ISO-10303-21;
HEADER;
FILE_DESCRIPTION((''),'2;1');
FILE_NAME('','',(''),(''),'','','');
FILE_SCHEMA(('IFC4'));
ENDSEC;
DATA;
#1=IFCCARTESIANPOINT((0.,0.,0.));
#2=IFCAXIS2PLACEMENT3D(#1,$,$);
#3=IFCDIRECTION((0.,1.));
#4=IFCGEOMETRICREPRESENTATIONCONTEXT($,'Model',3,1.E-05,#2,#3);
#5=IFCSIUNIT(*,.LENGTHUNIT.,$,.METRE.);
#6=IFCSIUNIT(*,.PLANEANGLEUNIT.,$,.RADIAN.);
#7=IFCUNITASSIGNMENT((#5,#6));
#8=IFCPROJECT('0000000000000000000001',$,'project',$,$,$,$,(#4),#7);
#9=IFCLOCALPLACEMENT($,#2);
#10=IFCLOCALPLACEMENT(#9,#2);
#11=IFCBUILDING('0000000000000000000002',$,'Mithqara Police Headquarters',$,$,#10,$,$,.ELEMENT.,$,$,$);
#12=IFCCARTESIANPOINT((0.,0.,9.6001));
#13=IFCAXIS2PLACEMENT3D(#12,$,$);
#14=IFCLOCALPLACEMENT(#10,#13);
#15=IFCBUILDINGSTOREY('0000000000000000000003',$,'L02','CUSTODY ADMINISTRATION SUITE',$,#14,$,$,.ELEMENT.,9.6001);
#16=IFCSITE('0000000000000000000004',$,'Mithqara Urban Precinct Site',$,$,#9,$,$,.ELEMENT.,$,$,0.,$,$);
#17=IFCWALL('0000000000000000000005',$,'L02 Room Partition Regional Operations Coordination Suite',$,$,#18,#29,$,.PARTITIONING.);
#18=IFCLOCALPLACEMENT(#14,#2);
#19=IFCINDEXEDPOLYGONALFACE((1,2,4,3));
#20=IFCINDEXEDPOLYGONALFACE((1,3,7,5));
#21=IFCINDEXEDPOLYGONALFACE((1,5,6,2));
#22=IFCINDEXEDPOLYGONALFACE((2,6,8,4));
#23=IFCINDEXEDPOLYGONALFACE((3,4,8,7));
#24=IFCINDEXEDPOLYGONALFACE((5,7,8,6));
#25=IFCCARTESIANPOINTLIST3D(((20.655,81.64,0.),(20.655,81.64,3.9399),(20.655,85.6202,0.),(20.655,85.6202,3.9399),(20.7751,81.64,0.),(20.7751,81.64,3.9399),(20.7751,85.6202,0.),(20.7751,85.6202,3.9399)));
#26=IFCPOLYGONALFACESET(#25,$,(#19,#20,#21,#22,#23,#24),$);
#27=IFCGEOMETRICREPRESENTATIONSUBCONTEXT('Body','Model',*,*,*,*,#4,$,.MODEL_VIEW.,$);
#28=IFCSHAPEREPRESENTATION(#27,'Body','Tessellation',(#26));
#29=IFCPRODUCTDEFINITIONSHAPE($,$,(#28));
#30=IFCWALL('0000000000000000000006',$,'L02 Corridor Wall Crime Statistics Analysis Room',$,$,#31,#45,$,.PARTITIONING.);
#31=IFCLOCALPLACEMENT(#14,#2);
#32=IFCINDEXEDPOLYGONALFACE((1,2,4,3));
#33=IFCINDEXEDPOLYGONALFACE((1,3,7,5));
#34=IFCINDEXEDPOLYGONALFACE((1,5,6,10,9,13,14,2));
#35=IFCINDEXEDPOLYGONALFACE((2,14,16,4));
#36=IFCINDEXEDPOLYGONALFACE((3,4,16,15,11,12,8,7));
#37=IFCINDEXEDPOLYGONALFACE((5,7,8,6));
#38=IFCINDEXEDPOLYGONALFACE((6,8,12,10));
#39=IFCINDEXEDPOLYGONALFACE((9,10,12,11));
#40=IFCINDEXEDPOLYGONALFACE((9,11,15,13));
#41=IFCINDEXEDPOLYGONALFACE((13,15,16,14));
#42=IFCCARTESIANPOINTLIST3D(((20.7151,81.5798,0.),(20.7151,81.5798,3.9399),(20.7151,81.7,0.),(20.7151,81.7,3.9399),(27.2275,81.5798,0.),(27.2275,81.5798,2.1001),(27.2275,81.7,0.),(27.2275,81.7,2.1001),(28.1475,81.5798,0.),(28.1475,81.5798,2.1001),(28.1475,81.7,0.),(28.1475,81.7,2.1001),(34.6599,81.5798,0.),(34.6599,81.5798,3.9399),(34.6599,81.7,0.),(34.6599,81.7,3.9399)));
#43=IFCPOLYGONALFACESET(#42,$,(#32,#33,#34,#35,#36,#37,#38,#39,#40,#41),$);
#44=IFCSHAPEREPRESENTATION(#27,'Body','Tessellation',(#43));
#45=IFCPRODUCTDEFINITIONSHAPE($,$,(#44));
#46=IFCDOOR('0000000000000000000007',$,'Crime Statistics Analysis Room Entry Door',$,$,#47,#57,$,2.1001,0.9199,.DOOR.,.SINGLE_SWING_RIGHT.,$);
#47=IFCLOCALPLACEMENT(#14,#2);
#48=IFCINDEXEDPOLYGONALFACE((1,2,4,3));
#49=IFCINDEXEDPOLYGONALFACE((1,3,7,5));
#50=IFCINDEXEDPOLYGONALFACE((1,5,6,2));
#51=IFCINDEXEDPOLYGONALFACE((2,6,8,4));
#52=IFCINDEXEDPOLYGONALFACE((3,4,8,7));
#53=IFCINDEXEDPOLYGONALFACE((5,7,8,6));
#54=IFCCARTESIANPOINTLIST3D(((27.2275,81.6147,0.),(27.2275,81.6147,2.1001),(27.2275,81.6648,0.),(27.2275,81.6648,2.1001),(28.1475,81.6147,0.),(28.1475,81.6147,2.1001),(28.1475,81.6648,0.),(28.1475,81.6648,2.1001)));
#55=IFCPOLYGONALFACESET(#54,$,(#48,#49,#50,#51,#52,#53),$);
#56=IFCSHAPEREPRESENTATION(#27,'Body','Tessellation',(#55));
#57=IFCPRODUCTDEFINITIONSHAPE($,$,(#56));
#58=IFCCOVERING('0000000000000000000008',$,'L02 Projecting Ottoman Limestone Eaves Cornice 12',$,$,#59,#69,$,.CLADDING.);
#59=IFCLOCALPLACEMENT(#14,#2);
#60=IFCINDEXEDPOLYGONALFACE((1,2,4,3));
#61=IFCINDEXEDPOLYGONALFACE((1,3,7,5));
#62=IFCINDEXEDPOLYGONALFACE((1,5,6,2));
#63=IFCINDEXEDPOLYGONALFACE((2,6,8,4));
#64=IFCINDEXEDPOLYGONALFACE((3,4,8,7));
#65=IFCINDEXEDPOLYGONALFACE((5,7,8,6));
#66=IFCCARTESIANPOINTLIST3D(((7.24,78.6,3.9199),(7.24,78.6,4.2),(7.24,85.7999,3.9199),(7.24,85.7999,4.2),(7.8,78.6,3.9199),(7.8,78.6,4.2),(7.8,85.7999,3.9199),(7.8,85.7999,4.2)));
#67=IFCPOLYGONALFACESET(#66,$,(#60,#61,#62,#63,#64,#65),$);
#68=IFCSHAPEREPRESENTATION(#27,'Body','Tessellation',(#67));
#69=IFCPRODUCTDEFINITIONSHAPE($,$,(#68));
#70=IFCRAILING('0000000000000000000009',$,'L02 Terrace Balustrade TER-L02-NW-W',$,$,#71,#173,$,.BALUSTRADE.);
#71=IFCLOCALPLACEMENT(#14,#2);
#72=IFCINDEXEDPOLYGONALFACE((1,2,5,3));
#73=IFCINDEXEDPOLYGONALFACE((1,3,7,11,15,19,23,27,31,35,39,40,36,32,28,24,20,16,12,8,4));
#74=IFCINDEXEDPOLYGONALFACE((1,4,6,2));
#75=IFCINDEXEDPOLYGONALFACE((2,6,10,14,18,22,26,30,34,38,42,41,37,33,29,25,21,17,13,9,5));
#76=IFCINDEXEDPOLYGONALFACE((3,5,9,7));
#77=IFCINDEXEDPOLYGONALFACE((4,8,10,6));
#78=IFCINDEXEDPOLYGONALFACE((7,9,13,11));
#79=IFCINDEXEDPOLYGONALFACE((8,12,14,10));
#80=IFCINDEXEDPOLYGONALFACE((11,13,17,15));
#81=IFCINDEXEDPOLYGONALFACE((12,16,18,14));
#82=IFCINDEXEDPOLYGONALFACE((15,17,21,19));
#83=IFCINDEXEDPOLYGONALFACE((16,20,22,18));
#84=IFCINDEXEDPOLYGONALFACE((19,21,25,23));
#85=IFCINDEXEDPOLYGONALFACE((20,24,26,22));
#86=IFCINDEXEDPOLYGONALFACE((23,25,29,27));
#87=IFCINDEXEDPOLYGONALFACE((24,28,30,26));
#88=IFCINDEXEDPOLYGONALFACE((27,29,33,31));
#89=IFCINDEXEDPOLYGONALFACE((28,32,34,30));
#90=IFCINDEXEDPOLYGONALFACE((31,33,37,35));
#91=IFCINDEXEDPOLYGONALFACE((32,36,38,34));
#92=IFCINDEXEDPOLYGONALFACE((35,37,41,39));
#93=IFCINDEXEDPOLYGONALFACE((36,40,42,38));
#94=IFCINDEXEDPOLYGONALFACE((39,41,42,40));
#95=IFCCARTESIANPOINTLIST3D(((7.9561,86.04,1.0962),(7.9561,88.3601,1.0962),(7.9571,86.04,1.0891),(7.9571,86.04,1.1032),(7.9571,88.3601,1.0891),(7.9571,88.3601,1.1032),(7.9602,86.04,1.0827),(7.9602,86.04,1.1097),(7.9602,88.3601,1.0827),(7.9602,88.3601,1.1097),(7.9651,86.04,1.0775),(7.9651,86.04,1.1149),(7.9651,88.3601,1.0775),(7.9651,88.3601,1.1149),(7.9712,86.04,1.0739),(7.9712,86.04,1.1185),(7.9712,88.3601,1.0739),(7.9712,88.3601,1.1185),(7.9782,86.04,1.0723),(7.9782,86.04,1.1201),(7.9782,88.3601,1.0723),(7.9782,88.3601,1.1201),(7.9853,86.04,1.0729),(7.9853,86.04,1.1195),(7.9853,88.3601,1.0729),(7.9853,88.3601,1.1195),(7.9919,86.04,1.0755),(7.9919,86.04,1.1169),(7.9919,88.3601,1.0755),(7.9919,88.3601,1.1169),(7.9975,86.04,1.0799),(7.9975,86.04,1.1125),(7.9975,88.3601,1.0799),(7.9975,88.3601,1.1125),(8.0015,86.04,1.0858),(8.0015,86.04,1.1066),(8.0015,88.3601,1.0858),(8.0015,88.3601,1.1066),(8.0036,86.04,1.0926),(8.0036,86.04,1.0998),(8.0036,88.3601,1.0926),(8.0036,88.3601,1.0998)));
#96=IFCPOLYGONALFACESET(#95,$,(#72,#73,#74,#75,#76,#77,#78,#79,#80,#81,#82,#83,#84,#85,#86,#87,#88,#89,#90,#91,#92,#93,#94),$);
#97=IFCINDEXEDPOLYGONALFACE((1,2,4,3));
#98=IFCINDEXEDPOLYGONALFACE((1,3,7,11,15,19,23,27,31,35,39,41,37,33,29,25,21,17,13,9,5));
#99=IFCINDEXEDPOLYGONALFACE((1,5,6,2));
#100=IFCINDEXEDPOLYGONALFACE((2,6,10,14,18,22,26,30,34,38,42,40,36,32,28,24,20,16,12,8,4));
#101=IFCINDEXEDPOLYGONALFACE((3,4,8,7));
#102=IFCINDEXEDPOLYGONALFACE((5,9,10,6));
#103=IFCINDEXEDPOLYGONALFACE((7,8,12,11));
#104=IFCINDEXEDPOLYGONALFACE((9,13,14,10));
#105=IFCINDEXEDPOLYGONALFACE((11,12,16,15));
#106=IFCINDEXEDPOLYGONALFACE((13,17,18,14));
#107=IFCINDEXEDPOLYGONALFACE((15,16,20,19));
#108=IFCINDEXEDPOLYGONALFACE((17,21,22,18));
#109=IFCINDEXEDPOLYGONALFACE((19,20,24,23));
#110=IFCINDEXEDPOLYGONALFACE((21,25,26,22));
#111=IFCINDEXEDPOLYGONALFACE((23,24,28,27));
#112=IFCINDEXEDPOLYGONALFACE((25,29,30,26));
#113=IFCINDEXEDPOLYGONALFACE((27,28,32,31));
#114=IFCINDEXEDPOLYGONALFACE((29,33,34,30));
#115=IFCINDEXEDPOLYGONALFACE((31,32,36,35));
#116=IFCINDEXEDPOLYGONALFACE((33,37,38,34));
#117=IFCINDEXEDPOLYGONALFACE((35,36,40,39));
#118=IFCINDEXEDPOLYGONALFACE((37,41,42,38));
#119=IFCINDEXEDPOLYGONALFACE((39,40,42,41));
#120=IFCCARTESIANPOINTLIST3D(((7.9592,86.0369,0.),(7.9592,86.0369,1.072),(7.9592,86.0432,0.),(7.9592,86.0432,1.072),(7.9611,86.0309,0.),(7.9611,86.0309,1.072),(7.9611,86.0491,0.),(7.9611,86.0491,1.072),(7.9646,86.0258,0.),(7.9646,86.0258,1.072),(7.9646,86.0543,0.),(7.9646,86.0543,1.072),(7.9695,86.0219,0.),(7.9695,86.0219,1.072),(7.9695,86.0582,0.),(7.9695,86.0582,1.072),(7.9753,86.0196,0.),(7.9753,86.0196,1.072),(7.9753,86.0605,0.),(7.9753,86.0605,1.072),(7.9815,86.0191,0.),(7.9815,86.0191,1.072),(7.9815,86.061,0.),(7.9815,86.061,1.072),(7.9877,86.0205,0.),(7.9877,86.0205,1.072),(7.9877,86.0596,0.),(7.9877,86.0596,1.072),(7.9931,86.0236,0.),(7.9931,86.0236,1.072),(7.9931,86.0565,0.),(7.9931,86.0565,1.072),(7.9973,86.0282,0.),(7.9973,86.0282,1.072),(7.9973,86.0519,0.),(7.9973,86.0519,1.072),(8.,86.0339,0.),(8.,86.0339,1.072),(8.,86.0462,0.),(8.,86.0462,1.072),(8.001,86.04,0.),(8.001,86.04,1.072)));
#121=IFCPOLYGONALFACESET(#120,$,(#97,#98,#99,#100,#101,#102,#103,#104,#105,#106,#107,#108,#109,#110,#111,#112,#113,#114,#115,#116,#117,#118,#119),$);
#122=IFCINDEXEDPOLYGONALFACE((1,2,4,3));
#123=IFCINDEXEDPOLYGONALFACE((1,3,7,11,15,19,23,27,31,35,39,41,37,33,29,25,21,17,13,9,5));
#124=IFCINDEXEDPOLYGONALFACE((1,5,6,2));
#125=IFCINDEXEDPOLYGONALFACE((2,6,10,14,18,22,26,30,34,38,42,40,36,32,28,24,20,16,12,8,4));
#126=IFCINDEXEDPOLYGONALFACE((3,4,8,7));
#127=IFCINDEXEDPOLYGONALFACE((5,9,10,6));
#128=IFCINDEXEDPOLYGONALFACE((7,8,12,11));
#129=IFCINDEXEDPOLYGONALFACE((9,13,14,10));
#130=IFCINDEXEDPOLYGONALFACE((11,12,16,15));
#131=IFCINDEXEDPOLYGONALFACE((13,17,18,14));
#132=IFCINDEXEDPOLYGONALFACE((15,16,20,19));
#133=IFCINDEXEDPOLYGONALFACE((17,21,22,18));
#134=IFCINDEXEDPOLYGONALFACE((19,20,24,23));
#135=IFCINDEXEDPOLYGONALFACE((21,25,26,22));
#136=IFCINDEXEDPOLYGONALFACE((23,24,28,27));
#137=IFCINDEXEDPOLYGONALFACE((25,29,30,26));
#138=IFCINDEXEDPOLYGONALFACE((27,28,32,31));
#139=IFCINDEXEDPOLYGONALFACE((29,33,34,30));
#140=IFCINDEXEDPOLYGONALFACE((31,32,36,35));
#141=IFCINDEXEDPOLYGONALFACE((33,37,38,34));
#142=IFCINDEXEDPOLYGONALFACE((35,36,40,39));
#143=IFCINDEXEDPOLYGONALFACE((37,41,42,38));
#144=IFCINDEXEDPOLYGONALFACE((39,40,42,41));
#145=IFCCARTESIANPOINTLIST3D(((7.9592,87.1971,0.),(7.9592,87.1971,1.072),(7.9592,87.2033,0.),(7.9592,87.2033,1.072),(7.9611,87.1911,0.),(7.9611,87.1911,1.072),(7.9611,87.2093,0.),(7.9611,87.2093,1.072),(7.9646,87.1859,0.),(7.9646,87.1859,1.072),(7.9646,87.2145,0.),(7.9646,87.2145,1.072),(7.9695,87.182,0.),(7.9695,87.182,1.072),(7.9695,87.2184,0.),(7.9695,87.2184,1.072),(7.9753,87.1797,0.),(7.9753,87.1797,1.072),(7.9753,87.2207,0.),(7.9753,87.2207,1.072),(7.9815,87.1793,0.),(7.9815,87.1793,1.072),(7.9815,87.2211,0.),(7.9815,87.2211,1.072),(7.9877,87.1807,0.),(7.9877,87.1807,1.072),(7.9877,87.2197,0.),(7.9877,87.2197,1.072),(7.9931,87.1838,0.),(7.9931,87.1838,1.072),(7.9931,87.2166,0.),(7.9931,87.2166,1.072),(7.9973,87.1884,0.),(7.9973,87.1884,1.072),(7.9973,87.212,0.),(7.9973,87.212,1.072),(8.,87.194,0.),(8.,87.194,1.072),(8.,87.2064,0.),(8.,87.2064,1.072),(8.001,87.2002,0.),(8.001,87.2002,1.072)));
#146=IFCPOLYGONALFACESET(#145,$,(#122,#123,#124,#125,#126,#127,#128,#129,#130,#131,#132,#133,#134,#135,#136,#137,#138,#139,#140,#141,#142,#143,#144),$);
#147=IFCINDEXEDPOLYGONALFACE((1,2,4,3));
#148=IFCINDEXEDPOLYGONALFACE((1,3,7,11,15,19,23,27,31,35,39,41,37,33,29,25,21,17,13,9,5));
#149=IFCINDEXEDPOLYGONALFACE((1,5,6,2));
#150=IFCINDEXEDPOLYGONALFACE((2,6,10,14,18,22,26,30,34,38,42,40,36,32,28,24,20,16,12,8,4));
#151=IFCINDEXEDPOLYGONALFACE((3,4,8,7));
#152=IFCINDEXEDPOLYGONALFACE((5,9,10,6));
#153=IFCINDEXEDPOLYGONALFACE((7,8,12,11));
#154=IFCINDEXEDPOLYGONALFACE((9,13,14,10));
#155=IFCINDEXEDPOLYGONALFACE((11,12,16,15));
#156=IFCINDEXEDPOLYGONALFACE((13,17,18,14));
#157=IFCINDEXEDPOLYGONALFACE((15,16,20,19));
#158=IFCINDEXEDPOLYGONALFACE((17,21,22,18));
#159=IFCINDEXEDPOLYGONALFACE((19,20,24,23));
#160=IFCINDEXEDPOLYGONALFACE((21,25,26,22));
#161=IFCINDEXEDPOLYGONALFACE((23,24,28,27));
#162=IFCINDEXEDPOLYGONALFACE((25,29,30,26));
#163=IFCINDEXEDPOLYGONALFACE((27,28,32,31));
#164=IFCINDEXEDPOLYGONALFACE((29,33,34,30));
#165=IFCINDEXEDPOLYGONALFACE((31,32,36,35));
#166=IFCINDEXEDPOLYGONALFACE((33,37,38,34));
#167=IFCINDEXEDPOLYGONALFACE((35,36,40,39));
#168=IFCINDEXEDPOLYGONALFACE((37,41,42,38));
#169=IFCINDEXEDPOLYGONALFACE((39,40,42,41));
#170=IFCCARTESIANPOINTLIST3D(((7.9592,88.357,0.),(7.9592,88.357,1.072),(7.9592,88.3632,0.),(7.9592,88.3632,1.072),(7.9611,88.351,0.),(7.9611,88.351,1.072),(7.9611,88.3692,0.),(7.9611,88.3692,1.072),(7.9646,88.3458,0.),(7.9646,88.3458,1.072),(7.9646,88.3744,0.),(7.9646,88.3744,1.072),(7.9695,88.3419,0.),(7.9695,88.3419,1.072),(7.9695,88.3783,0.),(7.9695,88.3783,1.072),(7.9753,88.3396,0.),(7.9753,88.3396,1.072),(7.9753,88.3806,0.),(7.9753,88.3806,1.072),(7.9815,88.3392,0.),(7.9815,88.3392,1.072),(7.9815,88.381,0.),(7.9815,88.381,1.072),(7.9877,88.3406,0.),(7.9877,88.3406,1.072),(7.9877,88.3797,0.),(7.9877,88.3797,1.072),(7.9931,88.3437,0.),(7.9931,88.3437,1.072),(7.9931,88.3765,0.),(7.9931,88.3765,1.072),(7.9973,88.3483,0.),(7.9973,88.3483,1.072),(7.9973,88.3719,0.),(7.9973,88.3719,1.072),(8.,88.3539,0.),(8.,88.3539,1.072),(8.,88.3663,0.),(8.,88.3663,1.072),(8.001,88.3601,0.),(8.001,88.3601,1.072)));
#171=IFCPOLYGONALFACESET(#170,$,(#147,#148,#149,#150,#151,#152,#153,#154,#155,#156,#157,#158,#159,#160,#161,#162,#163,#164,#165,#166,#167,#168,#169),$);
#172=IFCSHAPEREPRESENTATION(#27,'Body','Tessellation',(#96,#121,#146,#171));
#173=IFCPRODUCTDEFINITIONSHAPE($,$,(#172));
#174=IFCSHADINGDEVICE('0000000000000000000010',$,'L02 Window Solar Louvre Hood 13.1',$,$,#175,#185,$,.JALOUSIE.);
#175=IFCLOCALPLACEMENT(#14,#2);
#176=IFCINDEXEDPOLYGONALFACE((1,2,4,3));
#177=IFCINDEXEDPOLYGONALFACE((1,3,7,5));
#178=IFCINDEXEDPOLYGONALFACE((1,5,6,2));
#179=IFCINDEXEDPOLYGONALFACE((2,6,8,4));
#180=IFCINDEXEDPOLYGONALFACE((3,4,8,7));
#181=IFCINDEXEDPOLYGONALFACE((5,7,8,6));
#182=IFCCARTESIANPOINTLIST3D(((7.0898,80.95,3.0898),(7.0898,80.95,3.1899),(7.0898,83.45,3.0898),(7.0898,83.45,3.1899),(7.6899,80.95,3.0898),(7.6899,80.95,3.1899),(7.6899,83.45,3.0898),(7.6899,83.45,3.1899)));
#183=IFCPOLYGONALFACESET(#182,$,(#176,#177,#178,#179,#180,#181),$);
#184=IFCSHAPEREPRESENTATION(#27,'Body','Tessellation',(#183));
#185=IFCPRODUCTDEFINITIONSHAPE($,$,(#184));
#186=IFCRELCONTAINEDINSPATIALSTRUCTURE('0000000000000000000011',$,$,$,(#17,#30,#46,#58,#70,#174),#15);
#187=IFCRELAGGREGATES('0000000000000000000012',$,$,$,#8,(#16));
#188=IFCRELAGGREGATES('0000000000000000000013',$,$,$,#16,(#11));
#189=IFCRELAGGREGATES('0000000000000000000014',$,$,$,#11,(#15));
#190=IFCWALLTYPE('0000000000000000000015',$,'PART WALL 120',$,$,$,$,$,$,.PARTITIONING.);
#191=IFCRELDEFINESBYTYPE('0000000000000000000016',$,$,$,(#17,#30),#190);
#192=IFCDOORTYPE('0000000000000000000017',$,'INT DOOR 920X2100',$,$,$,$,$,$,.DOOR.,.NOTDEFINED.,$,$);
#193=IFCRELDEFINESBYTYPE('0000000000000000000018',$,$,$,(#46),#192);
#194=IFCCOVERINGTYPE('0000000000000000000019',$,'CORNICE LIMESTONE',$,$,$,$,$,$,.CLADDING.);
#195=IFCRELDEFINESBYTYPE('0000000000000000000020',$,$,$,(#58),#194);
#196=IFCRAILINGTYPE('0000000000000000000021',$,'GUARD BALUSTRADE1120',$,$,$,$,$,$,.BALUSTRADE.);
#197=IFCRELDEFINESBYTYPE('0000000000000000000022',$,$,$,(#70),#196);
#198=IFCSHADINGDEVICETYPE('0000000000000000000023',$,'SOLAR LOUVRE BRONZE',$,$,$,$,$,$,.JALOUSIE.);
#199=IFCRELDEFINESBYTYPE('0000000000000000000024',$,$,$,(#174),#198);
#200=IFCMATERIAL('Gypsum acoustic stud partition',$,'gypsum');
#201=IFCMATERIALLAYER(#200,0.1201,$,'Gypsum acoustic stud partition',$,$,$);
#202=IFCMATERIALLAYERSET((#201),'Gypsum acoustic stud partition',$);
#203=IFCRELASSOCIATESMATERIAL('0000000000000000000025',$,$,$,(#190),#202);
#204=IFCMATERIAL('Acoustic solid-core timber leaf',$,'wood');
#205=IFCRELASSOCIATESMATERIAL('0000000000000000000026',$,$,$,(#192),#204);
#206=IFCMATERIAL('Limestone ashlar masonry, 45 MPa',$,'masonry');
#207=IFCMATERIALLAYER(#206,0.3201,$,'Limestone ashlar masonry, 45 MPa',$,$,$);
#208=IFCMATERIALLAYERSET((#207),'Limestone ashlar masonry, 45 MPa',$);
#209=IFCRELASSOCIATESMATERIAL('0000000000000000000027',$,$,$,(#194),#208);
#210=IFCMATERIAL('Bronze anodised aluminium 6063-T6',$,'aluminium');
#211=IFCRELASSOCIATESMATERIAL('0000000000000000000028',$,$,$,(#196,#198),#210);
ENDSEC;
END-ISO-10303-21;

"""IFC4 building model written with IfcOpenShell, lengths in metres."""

from ifc_helpers import new_model, si_unit, direction, frame, frame_2d, origin, origin_2d, place, context, subcontext, project, spatial, rectangle, circle, extrude, material, layer, layer_set, type_object, element, fill, save


model = new_model("IFC4")

# Units and contexts
model_context = context("Model", 3, precision=1e-05, world=origin(), true_north=direction((0.0, 1.0)))
body_context = subcontext(model_context, "Body", "Model", "MODEL_VIEW")
ifc_project = project(units=[si_unit("LENGTHUNIT", "METRE"), si_unit("PLANEANGLEUNIT", "RADIAN")], contexts=[model_context])

# Site, building, storey
site_placement = place(None, origin())
site = spatial("IfcSite", under=ifc_project, at=site_placement, Name="Mithqara Urban Precinct Site", CompositionType="ELEMENT", RefElevation=0.0)
building_placement = place(site_placement, origin())
building = spatial("IfcBuilding", under=site, at=building_placement, Name="Mithqara Police Headquarters", CompositionType="ELEMENT")
storey_placement = place(building_placement, frame((0.0, 0.0, 9.6001)))
storey = spatial("IfcBuildingStorey", under=building, at=storey_placement, Name="L02", Description="CUSTODY ADMINISTRATION SUITE", CompositionType="ELEMENT", Elevation=9.6001)

# Shared definitions
ifc_material_1 = material(Name="Limestone ashlar masonry, 45 MPa", Category="masonry")

# Shared definitions
ifc_material_2 = material(Name="Gypsum acoustic stud partition", Category="gypsum")
ifc_layer_1 = layer(ifc_material_2, 0.1201, Name="Gypsum acoustic stud partition")
ifc_layer_set_1 = layer_set([ifc_layer_1], Name="Gypsum acoustic stud partition")
wall_type_1 = type_object("IfcWallType", Name="PART WALL 120", PredefinedType="PARTITIONING", material=ifc_layer_set_1)
ifc_material_3 = material(Name="Bronze anodised aluminium 6063-T6", Category="aluminium")

# Wall
wall_1_placement = place(storey_placement, frame((20.7151, 81.6399, 0.0), z_axis=(0.0, 0.0, 1.0), x_axis=(0.0, 1.0, 0.0)))
element("IfcWall", 1, at=wall_1_placement, inside=storey, type_object=wall_type_1, Name="L02 Room Partition Regional Operations Coordination Suite", PredefinedType="PARTITIONING", context=body_context, shape_type="SweptSolid", body=[
    extrude(rectangle(XDim=3.9802, YDim=0.1201, at=frame_2d((1.9902, 0.0))), origin(), (0.0, 0.0, 1.0), 3.9399),
])

# Wall, opening, door
wall_2_placement = place(storey_placement, frame((20.7151, 81.6399, 0.0), z_axis=(0.0, 0.0, 1.0), x_axis=(1.0, 0.0, 0.0)))
wall_2 = element("IfcWall", 2, at=wall_2_placement, inside=storey, type_object=wall_type_1, Name="L02 Corridor Wall Crime Statistics Analysis Room", PredefinedType="PARTITIONING", context=body_context, shape_type="SweptSolid", body=[
    extrude(rectangle(XDim=13.9448, YDim=0.1201, at=frame_2d((6.9724, 0.0))), origin(), (0.0, 0.0, 1.0), 3.9399),
])
opening_1_placement = place(wall_2_placement, frame((6.5125, 0.0, 0.0)))
opening_1 = element("IfcOpeningElement", 3, at=opening_1_placement, cuts=wall_2, PredefinedType="OPENING", context=body_context, shape_type="SweptSolid", body=[
    extrude(rectangle(XDim=0.9199, YDim=2.1001, at=frame_2d((0.46, 1.05))), frame((0.0, 0.0701, 0.0), z_axis=(0.0, -1.0, 0.0), x_axis=(1.0, 0.0, 0.0)), (0.0, 0.0, 1.0), 0.1401),
])
ifc_material_4 = material(Name="Acoustic solid-core timber leaf", Category="wood")
door_type_1 = type_object("IfcDoorType", Name="INT DOOR 920X2100", OperationType="NOTDEFINED", PredefinedType="DOOR", material=ifc_material_4)
door_1_placement = place(opening_1_placement, origin())
door_1 = element("IfcDoor", 4, at=door_1_placement, inside=storey, type_object=door_type_1, Name="Crime Statistics Analysis Room Entry Door", OperationType="SINGLE_SWING_RIGHT", OverallHeight=2.1001, OverallWidth=0.9199, PredefinedType="DOOR", context=body_context, shape_type="SweptSolid", body=[
    extrude(rectangle(XDim=0.9199, YDim=2.1001, at=frame_2d((0.46, 1.05))), frame((0.0, 0.0249, 0.0), z_axis=(0.0, -1.0, 0.0), x_axis=(1.0, 0.0, 0.0)), (0.0, 0.0, 1.0), 0.05),
])
fill(opening_1, door_1)

# Covering
ifc_layer_2 = layer(ifc_material_1, 0.3201, Name="Limestone ashlar masonry, 45 MPa")
ifc_layer_set_2 = layer_set([ifc_layer_2], Name="Limestone ashlar masonry, 45 MPa")
covering_type_1 = type_object("IfcCoveringType", Name="CORNICE LIMESTONE", PredefinedType="CLADDING", material=ifc_layer_set_2)
covering_1_placement = place(storey_placement, frame((7.52, 82.2, 3.9199), z_axis=(0.0, 0.0, 1.0), x_axis=(0.0, 1.0, 0.0)))
element("IfcCovering", 5, at=covering_1_placement, inside=storey, type_object=covering_type_1, Name="L02 Projecting Ottoman Limestone Eaves Cornice 12", PredefinedType="CLADDING", context=body_context, shape_type="SweptSolid", body=[
    extrude(rectangle(XDim=7.2, YDim=0.5601, at=origin_2d()), origin(), (0.0, 0.0, 1.0), 0.28),
])

# Railing
railing_type = type_object("IfcRailingType", Name="GUARD BALUSTRADE1120", PredefinedType="BALUSTRADE", material=ifc_material_3)
railing_1_placement = place(storey_placement, frame((7.98, 86.04, 0.0)))
element("IfcRailing", 6, at=railing_1_placement, inside=storey, type_object=railing_type, Name="L02 Terrace Balustrade TER-L02-NW-W", PredefinedType="BALUSTRADE", context=body_context, shape_type="SweptSolid", body=[
    extrude(circle(Radius=0.0239, at=origin_2d()), frame((0.0, 0.0, 1.0962), z_axis=(0.0, 1.0, 0.0), x_axis=(-1.0, 0.0, 0.0)), (0.0, 0.0, 1.0), 2.3201),
    extrude(circle(Radius=0.021, at=origin_2d()), origin(), (0.0, 0.0, 1.0), 1.072),
    extrude(circle(Radius=0.021, at=origin_2d()), frame((0.0, 1.1602, 0.0)), (0.0, 0.0, 1.0), 1.072),
    extrude(circle(Radius=0.021, at=origin_2d()), frame((0.0, 2.3201, 0.0)), (0.0, 0.0, 1.0), 1.072),
])

# Shading device
shading_device_type = type_object("IfcShadingDeviceType", Name="SOLAR LOUVRE BRONZE", PredefinedType="JALOUSIE", material=ifc_material_3)
shading_device_placement = place(storey_placement, frame((7.3899, 82.2, 3.0898), z_axis=(0.0, 0.0, 1.0), x_axis=(0.0, 1.0, 0.0)))
element("IfcShadingDevice", 7, at=shading_device_placement, inside=storey, type_object=shading_device_type, Name="L02 Window Solar Louvre Hood 13.1", PredefinedType="JALOUSIE", context=body_context, shape_type="SweptSolid", body=[
    extrude(rectangle(XDim=2.5, YDim=0.6001, at=origin_2d()), origin(), (0.0, 0.0, 1.0), 0.1001),
])

save(model, "model.ifc")
